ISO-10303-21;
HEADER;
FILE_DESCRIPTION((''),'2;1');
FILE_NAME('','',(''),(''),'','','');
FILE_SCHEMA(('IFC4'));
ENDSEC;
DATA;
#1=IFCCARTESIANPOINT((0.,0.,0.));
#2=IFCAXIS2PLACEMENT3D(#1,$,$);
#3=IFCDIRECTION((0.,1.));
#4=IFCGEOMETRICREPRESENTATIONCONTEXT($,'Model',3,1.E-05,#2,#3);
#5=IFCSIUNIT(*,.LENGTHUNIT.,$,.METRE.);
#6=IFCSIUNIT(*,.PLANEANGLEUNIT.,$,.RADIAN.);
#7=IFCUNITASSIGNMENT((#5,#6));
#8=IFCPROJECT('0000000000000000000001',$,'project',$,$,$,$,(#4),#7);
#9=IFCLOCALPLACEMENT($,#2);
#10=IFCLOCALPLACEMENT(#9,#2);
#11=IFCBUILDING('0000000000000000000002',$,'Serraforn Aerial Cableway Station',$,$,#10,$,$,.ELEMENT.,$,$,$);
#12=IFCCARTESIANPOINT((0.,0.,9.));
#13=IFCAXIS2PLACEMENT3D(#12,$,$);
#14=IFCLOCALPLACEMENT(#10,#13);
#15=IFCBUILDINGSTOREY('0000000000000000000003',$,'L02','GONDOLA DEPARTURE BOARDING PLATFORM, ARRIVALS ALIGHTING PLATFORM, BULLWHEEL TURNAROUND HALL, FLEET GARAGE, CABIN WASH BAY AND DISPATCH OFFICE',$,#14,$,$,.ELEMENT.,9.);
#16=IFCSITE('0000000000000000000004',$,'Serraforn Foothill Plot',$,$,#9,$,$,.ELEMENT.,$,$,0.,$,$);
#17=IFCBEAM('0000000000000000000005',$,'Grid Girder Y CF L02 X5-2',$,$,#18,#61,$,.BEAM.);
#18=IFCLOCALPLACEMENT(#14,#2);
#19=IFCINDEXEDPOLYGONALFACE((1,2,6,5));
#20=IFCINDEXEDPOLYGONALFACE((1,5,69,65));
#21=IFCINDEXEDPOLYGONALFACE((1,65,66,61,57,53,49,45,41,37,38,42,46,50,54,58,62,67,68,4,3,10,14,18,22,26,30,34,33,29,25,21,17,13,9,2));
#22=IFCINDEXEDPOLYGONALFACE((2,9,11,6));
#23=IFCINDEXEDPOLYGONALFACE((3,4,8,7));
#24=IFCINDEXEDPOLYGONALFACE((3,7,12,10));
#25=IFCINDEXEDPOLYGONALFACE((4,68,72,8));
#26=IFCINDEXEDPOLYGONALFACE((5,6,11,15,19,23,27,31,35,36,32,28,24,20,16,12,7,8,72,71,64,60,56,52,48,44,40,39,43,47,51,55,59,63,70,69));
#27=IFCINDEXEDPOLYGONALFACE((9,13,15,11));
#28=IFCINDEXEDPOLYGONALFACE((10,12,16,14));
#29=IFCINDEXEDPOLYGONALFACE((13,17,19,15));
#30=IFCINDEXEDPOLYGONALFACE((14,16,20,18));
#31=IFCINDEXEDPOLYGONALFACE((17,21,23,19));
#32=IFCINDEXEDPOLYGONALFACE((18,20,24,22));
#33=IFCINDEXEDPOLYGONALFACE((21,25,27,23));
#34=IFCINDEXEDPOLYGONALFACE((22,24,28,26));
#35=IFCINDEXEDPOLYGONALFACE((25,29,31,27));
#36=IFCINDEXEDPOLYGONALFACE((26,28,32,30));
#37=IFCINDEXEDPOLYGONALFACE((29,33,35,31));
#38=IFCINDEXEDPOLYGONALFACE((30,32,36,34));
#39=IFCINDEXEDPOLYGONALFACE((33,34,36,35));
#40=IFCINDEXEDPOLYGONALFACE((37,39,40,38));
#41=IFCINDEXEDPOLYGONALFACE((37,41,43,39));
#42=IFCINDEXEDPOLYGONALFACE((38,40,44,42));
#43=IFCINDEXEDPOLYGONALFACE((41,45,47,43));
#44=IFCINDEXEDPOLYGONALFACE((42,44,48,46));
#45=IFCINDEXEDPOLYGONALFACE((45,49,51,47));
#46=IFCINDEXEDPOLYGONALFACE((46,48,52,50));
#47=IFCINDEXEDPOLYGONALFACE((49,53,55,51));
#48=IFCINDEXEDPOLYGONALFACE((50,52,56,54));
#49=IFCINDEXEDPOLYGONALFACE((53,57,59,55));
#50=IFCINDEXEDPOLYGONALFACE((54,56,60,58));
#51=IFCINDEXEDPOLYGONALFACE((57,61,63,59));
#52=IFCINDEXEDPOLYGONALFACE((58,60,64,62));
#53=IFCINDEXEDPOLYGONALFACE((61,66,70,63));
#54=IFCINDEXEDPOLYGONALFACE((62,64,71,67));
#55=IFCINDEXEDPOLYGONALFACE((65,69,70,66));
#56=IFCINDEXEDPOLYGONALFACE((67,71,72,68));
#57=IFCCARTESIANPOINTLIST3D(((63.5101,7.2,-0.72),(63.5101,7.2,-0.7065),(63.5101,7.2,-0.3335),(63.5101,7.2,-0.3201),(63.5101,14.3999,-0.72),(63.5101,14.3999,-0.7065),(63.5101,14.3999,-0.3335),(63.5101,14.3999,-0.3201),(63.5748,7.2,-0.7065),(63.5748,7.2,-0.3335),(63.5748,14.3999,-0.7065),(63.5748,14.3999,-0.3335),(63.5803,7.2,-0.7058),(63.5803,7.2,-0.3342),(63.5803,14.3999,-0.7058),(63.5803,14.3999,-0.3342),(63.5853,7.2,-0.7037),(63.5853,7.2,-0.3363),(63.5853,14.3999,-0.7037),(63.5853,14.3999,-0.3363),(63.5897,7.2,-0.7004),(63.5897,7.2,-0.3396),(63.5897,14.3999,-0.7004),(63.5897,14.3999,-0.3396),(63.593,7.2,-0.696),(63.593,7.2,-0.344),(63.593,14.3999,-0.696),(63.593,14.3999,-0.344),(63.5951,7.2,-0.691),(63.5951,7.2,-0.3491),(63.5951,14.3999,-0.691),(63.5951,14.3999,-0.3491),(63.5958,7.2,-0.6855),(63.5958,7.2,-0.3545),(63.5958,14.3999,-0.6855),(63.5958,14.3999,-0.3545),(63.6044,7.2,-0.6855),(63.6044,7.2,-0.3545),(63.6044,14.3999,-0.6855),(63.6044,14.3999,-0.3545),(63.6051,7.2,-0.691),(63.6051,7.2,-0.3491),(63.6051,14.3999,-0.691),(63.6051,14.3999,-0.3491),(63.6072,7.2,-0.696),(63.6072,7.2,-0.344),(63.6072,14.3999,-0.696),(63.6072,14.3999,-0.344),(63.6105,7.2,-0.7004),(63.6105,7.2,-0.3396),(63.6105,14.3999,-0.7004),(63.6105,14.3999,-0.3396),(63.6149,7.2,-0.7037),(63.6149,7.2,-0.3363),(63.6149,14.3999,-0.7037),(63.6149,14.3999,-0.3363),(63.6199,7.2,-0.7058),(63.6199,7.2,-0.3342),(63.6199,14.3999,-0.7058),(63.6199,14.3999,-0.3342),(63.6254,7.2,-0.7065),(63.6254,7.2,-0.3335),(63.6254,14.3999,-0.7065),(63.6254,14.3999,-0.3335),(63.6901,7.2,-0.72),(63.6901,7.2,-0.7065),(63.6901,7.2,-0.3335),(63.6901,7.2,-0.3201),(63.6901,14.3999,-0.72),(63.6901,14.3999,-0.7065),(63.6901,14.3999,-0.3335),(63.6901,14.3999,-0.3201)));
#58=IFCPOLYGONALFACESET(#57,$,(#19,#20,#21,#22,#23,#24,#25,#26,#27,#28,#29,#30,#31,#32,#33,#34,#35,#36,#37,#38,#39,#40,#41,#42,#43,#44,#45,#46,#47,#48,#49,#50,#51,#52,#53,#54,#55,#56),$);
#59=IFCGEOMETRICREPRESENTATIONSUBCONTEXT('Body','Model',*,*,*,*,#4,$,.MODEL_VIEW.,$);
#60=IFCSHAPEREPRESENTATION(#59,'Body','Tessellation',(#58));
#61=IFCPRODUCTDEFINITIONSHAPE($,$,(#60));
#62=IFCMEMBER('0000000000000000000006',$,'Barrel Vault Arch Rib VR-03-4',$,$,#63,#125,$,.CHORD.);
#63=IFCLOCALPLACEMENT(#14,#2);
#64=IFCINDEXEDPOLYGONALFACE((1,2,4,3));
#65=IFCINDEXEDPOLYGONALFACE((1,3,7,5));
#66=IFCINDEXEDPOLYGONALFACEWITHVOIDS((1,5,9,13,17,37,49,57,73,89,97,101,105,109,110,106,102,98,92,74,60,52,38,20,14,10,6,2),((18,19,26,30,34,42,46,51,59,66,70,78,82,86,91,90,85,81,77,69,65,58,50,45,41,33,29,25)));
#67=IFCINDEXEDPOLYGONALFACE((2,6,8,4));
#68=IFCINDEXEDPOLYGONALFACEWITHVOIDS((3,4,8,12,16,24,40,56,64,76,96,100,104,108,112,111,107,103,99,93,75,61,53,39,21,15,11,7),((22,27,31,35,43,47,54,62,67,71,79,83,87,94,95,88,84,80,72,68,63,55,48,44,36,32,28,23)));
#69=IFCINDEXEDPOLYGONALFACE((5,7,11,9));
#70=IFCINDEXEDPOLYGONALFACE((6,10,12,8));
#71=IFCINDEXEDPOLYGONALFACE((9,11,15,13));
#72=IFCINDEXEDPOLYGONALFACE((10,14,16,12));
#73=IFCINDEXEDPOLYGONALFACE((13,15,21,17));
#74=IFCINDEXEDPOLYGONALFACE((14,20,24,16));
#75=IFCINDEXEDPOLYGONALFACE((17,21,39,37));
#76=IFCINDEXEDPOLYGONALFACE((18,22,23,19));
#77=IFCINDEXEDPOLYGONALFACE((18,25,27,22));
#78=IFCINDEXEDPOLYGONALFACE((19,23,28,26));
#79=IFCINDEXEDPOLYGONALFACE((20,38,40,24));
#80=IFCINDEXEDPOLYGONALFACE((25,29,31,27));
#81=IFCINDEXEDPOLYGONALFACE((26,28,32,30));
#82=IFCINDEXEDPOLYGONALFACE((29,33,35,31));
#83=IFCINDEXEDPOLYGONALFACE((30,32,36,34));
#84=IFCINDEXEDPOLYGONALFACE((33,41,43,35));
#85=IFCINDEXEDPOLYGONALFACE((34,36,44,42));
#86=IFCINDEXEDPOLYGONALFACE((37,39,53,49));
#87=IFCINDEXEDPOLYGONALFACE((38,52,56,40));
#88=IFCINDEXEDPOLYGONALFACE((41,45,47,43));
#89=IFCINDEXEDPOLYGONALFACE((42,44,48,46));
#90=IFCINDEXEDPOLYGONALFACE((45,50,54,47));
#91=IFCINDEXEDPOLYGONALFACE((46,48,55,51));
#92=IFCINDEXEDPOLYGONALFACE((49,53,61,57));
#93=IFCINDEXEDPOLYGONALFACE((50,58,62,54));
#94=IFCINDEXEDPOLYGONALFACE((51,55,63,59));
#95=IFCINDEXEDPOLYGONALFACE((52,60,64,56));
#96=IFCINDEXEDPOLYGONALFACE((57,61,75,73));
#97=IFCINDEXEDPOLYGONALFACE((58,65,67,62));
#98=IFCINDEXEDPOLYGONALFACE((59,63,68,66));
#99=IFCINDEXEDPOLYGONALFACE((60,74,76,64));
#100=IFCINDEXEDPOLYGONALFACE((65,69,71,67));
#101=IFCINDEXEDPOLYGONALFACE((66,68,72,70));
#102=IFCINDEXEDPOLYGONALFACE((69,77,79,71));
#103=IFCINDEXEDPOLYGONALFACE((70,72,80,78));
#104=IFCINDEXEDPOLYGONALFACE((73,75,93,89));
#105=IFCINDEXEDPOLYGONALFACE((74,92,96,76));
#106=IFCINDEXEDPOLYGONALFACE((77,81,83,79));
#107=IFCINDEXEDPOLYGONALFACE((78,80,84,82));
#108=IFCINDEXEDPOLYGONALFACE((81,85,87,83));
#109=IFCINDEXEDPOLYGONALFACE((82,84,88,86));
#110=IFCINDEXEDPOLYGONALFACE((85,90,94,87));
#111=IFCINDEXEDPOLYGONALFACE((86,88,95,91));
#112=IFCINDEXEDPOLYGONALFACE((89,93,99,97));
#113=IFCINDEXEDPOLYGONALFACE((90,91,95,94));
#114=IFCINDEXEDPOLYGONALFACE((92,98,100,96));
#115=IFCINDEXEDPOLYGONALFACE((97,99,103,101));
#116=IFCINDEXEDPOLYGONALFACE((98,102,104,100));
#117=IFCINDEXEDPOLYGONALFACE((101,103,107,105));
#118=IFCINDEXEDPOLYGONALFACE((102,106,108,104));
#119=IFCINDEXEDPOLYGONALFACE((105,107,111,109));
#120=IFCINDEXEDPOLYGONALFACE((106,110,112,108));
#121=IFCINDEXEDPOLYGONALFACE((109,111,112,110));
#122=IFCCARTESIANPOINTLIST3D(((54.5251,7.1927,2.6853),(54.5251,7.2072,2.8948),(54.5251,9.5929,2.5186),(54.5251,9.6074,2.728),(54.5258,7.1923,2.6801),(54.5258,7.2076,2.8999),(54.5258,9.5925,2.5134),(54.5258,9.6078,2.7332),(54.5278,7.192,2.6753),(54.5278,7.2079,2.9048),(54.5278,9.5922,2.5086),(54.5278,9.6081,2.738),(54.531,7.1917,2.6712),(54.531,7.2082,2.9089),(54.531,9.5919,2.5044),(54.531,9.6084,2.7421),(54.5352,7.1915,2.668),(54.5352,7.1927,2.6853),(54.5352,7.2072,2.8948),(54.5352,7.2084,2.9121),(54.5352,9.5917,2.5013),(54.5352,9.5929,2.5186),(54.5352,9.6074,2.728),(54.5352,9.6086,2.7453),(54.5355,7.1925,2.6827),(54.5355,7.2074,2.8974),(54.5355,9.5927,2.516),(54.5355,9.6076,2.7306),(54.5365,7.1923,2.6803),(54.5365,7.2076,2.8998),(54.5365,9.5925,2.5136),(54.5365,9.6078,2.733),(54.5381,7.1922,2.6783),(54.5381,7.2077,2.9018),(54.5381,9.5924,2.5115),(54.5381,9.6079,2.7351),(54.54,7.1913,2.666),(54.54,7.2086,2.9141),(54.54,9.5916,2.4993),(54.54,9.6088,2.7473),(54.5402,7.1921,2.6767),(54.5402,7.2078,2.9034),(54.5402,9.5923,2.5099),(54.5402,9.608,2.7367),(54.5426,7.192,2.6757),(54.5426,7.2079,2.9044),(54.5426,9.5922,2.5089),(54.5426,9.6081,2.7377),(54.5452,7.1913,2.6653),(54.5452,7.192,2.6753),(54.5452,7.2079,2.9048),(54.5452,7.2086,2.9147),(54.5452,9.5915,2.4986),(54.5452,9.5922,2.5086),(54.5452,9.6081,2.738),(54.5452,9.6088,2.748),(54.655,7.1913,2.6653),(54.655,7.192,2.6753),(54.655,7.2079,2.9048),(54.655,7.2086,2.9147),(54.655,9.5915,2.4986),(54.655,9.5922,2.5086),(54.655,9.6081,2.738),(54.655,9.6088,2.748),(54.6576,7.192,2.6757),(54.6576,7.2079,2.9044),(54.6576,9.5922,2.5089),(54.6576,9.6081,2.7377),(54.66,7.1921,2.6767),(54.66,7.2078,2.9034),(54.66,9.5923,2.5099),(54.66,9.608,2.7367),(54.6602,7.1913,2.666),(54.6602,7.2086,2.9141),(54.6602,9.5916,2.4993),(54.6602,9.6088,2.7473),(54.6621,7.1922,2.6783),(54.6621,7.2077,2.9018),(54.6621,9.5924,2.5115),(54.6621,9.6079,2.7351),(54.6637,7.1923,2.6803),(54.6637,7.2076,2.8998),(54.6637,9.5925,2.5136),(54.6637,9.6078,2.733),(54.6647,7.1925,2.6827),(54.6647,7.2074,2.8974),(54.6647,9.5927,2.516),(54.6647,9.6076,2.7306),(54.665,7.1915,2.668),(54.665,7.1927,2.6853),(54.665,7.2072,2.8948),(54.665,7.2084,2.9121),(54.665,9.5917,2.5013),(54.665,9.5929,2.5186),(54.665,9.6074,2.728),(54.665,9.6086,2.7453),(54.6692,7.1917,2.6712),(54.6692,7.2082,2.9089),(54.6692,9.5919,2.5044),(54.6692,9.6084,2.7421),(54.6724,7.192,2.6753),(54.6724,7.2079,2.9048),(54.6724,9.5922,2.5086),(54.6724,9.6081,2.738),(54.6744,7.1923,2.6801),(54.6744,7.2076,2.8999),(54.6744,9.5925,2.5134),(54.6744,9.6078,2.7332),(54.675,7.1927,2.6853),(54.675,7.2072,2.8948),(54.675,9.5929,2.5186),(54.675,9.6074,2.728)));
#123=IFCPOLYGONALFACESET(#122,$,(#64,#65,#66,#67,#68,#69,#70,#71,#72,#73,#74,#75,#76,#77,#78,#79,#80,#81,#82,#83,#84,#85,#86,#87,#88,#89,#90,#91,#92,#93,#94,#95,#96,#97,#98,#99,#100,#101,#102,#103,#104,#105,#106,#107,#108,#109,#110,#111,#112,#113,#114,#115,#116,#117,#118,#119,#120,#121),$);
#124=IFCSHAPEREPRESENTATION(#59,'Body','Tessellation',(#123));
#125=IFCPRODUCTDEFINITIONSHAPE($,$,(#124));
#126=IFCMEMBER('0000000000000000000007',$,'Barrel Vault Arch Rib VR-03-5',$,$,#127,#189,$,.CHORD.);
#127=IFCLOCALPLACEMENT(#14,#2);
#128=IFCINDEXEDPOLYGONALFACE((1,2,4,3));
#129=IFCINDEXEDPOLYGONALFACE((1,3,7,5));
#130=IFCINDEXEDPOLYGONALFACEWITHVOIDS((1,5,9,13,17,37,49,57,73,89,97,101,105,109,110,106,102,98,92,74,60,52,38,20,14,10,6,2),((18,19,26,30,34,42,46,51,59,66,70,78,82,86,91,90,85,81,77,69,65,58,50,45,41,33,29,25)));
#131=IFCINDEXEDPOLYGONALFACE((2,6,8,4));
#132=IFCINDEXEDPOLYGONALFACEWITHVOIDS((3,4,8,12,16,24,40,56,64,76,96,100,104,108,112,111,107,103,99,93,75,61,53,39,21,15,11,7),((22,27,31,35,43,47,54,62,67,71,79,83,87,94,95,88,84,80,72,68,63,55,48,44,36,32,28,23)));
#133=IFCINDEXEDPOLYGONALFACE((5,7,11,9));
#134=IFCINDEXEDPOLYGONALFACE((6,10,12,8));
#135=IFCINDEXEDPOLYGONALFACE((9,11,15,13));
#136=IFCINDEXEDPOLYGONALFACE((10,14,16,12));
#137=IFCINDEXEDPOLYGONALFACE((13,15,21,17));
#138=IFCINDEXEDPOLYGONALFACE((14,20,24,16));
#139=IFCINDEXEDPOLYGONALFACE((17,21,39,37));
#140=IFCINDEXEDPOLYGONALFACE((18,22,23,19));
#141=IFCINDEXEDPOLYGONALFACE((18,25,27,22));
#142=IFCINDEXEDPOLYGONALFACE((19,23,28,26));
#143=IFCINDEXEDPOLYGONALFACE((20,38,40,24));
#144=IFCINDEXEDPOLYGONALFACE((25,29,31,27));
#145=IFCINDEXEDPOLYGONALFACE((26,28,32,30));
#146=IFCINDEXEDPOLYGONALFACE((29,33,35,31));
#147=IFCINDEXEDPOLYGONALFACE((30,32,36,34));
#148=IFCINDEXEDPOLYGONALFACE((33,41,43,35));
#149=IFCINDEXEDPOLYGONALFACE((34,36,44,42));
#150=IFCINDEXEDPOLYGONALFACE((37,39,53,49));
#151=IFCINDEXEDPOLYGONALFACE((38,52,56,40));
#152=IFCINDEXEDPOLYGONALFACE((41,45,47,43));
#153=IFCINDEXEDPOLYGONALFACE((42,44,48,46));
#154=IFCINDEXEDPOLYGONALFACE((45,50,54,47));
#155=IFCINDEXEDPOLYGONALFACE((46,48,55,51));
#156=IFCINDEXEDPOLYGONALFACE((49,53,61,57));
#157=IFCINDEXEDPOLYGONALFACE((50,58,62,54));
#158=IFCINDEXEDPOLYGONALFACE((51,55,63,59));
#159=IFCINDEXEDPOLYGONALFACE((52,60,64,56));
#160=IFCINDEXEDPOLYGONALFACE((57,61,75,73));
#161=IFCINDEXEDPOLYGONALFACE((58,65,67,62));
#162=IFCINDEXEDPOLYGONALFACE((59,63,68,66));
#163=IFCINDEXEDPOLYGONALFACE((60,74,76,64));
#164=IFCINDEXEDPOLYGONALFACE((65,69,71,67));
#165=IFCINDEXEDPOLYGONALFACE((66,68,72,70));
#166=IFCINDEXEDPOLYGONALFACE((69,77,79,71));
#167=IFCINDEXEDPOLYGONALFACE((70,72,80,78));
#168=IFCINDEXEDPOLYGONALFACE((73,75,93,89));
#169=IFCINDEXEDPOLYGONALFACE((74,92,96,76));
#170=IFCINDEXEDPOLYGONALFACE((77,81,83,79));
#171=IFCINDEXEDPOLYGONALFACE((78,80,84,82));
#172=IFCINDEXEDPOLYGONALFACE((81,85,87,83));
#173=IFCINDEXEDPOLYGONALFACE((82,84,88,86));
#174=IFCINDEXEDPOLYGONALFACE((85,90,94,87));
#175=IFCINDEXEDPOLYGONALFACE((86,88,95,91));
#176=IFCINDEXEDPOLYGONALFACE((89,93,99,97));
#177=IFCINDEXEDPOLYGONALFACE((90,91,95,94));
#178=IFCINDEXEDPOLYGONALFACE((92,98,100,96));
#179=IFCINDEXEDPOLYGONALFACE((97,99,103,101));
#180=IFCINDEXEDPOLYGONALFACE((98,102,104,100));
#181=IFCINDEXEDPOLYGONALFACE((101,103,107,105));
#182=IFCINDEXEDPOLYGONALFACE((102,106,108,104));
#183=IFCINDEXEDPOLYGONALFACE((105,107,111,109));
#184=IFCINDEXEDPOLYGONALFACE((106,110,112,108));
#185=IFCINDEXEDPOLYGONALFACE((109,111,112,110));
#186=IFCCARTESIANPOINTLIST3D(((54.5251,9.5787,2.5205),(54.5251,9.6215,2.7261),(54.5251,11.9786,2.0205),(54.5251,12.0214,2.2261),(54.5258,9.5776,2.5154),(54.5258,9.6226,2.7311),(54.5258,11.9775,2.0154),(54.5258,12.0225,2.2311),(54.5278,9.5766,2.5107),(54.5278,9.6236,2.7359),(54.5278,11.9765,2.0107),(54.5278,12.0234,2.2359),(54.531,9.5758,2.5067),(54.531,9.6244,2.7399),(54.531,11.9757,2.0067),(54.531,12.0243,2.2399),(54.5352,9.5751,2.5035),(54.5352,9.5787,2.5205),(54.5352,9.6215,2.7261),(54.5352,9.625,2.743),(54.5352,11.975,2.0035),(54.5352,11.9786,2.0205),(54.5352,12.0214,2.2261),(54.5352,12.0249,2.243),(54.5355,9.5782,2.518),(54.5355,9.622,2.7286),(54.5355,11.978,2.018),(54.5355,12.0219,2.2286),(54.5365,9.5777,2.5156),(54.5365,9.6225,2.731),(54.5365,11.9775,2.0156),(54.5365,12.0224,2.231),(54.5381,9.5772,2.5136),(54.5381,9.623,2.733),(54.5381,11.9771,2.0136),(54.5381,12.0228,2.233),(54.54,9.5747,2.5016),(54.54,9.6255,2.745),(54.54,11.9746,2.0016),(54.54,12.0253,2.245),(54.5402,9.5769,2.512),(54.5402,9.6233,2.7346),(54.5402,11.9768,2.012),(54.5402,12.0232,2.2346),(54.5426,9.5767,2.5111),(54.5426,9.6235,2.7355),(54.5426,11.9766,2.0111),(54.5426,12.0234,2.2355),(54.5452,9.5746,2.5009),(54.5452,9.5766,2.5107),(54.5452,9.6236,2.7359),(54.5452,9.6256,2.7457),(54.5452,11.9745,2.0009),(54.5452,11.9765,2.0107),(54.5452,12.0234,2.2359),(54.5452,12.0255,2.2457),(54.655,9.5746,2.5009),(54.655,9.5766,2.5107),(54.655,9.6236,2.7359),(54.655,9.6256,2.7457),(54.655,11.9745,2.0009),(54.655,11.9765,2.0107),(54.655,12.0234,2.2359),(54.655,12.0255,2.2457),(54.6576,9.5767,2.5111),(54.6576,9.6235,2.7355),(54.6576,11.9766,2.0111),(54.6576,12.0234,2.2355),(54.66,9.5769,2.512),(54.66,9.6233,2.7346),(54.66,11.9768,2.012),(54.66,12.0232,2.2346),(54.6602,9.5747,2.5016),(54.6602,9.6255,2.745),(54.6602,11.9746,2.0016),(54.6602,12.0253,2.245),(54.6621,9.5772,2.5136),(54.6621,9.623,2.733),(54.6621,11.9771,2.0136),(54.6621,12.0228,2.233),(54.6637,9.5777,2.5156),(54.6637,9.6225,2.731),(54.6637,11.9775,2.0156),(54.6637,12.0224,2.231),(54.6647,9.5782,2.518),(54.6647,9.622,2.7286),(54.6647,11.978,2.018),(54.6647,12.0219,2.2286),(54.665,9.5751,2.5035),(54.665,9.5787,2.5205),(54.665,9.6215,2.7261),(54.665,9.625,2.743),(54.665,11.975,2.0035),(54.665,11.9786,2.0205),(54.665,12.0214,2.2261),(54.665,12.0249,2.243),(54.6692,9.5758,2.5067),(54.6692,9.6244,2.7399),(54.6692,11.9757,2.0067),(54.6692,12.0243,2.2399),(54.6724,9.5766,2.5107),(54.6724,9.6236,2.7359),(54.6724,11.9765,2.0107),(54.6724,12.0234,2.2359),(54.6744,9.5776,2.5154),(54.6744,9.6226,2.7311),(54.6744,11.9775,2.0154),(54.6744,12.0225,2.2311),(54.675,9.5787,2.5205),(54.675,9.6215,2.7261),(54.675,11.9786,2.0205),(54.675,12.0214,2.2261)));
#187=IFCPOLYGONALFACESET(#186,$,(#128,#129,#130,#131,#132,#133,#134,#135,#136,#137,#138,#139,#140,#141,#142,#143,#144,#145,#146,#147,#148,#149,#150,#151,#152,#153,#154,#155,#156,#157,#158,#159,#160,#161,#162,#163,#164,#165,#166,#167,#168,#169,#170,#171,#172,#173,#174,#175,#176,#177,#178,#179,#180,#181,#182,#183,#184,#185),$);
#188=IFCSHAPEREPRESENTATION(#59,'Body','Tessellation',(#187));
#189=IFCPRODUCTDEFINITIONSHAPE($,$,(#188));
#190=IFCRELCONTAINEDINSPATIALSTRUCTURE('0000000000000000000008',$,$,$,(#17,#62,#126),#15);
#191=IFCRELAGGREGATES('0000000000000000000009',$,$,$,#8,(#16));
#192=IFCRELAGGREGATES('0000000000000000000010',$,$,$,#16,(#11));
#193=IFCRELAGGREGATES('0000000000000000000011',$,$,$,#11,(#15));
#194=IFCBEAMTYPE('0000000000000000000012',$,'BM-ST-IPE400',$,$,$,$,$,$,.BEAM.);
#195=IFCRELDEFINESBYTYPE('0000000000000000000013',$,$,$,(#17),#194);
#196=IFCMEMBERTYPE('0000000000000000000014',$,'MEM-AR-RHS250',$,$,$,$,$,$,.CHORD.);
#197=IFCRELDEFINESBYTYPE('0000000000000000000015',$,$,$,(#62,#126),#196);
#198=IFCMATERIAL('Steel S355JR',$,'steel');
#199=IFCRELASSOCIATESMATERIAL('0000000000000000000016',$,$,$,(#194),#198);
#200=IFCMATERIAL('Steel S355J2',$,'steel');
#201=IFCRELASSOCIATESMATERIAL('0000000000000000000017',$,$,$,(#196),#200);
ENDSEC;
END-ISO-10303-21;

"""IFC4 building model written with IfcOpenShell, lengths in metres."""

from ifc_helpers import new_model, si_unit, direction, frame, origin, origin_2d, place, context, subcontext, project, spatial, hollow_rectangle, i_section, extrude, material, material_profile, profile_set, type_object, element, save


model = new_model("IFC4")

# Units and contexts
model_context = context("Model", 3, precision=1e-05, world=origin(), true_north=direction((0.0, 1.0)))
body_context = subcontext(model_context, "Body", "Model", "MODEL_VIEW")
ifc_project = project(units=[si_unit("LENGTHUNIT", "METRE"), si_unit("PLANEANGLEUNIT", "RADIAN")], contexts=[model_context])

# Site, building, storey
site_placement = place(None, origin())
site = spatial("IfcSite", under=ifc_project, at=site_placement, Name="Serraforn Foothill Plot", CompositionType="ELEMENT", RefElevation=0.0)
building_placement = place(site_placement, origin())
building = spatial("IfcBuilding", under=site, at=building_placement, Name="Serraforn Aerial Cableway Station", CompositionType="ELEMENT")
storey_placement = place(building_placement, frame((0.0, 0.0, 9.0)))
storey = spatial("IfcBuildingStorey", under=building, at=storey_placement, Name="L02", Description="GONDOLA DEPARTURE BOARDING PLATFORM, ARRIVALS ALIGHTING PLATFORM, BULLWHEEL TURNAROUND HALL, FLEET GARAGE, CABIN WASH BAY AND DISPATCH OFFICE", CompositionType="ELEMENT", Elevation=9.0)

# Beam
ifc_material_1 = material(Name="Steel S355JR", Category="steel")
ifc_material_profile_1 = material_profile(ifc_material_1, i_section(OverallWidth=0.1799, OverallDepth=0.3999, WebThickness=0.0085, FlangeThickness=0.0134, FilletRadius=0.021, at=origin_2d()), Name="IPE 400")
ifc_profile_set_1 = profile_set([ifc_material_profile_1], Name="Steel S355JR")
beam_type = type_object("IfcBeamType", Name="BM-ST-IPE400", PredefinedType="BEAM", material=ifc_profile_set_1)
beam_placement = place(storey_placement, frame((63.6001, 7.2, -0.52), z_axis=(0.0, 1.0, 0.0), x_axis=(-1.0, 0.0, 0.0)))
element("IfcBeam", 1, at=beam_placement, inside=storey, type_object=beam_type, Name="Grid Girder Y CF L02 X5-2", PredefinedType="BEAM", context=body_context, shape_type="SweptSolid", body=[
    extrude(i_section(OverallWidth=0.1799, OverallDepth=0.3999, WebThickness=0.0085, FlangeThickness=0.0134, FilletRadius=0.021, at=origin_2d()), origin(), (0.0, 0.0, 1.0), 7.2),
])

# Members
ifc_material_2 = material(Name="Steel S355J2", Category="steel")
ifc_material_profile_2 = material_profile(ifc_material_2, hollow_rectangle(XDim=0.1499, YDim=0.25, WallThickness=0.01, InnerFilletRadius=0.01, OuterFilletRadius=0.02, at=origin_2d()), Name="RHS 250x150x10.0")
ifc_profile_set_2 = profile_set([ifc_material_profile_2], Name="Steel S355J2")
member_type_1 = type_object("IfcMemberType", Name="MEM-AR-RHS250", PredefinedType="CHORD", material=ifc_profile_set_2)
member_1_placement = place(storey_placement, frame((54.6001, 7.2, 2.79), z_axis=(0.0, 0.997595, -0.069307), x_axis=(-1.0, 0.0, 0.0)))
element("IfcMember", 2, at=member_1_placement, inside=storey, type_object=member_type_1, Name="Barrel Vault Arch Rib VR-03-4", PredefinedType="CHORD", context=body_context, shape_type="SweptSolid", body=[
    extrude(hollow_rectangle(XDim=0.1499, YDim=0.25, WallThickness=0.01, InnerFilletRadius=0.01, OuterFilletRadius=0.02, at=origin_2d()), origin(), (0.0, 0.0, 1.0), 2.406),
])
member_2_placement = place(storey_placement, frame((54.6001, 9.6001, 2.6233), z_axis=(0.0, 0.978979, -0.203962), x_axis=(-1.0, 0.0, 0.0)))
element("IfcMember", 3, at=member_2_placement, inside=storey, type_object=member_type_1, Name="Barrel Vault Arch Rib VR-03-5", PredefinedType="CHORD", context=body_context, shape_type="SweptSolid", body=[
    extrude(hollow_rectangle(XDim=0.1499, YDim=0.25, WallThickness=0.01, InnerFilletRadius=0.01, OuterFilletRadius=0.02, at=origin_2d()), origin(), (0.0, 0.0, 1.0), 2.4514),
])

save(model, "model.ifc")
